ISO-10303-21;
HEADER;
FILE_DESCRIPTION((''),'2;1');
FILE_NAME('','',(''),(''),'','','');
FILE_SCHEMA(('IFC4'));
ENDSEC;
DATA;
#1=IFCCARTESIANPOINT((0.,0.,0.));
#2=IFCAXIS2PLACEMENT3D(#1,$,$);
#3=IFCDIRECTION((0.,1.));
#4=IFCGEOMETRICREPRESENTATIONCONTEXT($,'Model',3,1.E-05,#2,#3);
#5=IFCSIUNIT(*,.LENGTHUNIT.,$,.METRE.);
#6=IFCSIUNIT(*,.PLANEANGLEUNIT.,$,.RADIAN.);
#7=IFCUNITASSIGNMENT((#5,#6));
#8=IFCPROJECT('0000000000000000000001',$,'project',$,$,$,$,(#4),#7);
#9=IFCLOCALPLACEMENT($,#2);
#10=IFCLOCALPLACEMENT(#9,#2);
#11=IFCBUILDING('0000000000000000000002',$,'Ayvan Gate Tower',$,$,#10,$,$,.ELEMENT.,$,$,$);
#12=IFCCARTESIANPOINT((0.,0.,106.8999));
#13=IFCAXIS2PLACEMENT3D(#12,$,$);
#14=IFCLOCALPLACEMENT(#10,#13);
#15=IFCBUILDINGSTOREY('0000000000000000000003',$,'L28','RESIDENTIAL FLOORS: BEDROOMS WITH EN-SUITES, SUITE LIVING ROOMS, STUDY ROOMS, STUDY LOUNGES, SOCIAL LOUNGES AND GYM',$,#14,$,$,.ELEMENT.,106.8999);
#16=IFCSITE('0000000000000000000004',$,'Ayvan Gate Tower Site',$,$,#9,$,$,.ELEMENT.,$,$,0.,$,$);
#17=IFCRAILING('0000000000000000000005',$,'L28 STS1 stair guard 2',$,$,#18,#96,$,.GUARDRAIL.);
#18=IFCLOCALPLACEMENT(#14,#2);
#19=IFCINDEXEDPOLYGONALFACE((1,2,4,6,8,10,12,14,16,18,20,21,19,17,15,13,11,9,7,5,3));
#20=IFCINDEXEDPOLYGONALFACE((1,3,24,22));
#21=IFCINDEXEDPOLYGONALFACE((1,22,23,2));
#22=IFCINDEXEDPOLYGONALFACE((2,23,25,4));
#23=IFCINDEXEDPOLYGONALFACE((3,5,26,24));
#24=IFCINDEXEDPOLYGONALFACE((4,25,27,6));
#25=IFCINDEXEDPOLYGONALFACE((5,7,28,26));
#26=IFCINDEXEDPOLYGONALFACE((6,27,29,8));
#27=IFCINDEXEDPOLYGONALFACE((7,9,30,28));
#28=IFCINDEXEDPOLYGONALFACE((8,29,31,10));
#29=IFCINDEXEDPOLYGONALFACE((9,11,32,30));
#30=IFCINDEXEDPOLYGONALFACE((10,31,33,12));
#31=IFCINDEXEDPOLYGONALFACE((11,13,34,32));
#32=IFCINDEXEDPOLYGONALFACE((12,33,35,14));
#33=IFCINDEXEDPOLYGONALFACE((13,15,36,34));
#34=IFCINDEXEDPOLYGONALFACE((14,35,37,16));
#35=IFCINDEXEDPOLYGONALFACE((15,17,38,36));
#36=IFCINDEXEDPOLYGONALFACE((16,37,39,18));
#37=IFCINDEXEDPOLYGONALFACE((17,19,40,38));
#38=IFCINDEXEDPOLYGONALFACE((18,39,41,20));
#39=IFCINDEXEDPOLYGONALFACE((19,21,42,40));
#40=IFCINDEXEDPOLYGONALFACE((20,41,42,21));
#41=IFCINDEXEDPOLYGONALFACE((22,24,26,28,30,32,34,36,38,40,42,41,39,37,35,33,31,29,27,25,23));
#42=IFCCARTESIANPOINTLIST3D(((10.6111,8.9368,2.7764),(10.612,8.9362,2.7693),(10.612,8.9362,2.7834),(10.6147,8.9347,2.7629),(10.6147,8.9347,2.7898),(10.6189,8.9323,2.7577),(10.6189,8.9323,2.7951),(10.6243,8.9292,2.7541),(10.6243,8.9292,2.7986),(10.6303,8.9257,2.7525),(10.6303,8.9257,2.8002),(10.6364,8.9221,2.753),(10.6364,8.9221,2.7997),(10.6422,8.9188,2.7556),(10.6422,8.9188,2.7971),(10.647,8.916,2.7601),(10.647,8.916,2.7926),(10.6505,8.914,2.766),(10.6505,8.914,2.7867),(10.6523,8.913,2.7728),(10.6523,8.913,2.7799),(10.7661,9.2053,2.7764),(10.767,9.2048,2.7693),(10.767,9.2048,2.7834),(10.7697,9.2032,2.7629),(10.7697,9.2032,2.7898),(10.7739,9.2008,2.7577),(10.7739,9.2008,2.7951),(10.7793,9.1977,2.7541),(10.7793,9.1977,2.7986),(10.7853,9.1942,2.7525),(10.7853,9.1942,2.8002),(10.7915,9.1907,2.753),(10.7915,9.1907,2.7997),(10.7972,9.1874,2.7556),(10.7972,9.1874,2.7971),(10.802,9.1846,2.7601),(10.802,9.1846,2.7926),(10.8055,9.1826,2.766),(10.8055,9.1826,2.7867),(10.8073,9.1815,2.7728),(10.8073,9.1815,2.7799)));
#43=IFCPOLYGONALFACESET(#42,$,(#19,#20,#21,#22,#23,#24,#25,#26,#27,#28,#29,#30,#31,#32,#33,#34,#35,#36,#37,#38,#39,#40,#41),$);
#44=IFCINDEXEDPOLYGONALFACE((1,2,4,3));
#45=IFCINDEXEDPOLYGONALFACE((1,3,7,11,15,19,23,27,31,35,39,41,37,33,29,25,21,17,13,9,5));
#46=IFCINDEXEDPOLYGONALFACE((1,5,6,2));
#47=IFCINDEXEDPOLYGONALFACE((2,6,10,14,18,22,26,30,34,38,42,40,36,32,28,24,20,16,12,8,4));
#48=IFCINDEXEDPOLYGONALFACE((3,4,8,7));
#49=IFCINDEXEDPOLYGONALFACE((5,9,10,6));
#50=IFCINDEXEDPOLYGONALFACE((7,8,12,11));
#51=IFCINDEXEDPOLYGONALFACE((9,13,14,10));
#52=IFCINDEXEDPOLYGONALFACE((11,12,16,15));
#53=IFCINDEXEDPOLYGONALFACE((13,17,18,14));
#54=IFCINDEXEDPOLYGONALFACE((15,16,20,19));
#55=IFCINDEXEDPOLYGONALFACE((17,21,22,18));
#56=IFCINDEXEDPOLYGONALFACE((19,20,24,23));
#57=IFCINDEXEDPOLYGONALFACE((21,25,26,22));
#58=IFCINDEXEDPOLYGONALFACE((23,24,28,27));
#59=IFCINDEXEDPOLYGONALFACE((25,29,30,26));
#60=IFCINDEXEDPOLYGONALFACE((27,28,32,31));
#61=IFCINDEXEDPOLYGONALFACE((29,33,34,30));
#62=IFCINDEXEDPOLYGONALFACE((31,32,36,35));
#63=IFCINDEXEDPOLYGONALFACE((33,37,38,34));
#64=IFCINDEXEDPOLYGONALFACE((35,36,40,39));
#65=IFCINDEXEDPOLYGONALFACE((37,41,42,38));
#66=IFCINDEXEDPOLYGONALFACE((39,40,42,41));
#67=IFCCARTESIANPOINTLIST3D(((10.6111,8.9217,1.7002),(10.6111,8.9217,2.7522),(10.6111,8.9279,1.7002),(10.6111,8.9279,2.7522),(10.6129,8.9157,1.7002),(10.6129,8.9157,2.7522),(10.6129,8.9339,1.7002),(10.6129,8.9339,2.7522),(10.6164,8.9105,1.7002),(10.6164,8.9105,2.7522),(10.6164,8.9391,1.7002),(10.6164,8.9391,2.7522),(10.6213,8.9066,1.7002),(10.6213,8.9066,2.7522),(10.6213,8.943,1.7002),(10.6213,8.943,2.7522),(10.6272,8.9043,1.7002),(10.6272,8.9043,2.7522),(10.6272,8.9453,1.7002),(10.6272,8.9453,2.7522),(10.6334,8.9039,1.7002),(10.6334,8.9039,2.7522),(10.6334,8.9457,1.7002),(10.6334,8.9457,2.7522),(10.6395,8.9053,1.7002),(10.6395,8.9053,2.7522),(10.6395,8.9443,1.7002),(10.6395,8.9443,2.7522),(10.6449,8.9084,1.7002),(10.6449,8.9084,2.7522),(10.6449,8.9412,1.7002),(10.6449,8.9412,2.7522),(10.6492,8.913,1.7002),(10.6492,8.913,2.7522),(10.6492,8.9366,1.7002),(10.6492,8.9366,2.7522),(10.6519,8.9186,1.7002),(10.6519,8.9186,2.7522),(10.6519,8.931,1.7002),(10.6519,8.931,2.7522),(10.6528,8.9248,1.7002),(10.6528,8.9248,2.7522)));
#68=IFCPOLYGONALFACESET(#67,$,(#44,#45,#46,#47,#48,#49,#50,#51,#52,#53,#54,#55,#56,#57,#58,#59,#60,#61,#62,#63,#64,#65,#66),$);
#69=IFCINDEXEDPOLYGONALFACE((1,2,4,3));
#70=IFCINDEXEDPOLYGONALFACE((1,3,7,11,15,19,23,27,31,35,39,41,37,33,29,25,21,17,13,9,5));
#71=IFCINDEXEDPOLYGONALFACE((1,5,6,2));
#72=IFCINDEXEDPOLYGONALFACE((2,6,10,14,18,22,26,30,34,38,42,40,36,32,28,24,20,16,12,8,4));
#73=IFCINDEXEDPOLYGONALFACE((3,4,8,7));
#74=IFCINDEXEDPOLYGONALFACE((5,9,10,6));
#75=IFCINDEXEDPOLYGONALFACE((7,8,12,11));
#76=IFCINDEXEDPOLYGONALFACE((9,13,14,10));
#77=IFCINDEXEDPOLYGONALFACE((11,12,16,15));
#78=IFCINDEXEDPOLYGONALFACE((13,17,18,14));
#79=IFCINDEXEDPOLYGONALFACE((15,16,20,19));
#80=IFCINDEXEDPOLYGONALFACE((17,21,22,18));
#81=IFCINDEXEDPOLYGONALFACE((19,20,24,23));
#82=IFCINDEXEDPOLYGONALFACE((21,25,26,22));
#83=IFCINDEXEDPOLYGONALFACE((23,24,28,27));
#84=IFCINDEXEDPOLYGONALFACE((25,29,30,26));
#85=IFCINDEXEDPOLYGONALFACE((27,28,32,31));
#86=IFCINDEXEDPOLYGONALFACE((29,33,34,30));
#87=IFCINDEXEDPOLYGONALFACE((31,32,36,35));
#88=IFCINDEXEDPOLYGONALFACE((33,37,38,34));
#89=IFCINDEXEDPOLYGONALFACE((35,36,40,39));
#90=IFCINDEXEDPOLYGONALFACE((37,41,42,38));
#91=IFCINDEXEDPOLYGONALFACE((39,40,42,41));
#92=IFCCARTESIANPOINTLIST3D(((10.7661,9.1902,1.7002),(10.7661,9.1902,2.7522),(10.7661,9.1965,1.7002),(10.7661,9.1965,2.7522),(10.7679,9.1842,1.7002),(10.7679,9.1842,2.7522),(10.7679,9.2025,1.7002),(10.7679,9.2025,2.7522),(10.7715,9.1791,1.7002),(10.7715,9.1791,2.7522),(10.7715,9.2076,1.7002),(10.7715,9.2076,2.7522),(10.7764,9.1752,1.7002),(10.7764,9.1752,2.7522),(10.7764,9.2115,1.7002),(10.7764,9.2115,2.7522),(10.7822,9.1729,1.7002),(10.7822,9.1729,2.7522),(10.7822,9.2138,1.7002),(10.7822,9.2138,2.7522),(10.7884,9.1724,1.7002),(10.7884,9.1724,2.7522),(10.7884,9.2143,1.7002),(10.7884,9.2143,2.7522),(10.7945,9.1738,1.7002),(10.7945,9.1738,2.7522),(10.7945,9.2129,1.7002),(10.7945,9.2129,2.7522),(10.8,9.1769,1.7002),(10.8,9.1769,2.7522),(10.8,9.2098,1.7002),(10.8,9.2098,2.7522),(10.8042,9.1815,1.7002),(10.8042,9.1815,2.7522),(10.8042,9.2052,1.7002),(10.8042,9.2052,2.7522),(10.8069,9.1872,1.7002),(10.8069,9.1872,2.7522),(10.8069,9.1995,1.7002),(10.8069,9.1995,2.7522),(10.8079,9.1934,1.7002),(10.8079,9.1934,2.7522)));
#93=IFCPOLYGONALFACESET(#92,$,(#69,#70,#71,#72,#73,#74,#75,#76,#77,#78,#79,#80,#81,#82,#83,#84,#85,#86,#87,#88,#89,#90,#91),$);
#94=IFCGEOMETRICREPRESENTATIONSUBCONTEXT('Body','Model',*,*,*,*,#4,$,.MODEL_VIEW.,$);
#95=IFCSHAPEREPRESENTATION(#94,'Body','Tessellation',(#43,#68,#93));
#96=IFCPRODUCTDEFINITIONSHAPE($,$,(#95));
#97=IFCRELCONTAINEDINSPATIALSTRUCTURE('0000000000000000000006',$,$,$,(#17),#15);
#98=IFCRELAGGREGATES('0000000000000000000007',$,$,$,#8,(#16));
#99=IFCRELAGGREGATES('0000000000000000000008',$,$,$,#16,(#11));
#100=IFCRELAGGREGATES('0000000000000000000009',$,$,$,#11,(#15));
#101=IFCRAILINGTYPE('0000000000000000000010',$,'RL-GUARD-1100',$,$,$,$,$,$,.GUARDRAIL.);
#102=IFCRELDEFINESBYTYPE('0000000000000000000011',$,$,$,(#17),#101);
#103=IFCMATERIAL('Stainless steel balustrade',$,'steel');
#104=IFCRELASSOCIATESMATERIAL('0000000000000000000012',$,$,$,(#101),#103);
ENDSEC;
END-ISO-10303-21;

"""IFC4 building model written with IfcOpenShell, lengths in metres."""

from ifc_helpers import new_model, si_unit, direction, frame, origin, origin_2d, place, context, subcontext, project, spatial, circle, extrude, material, type_object, element, save


model = new_model("IFC4")

# Units and contexts
model_context = context("Model", 3, precision=1e-05, world=origin(), true_north=direction((0.0, 1.0)))
body_context = subcontext(model_context, "Body", "Model", "MODEL_VIEW")
ifc_project = project(units=[si_unit("LENGTHUNIT", "METRE"), si_unit("PLANEANGLEUNIT", "RADIAN")], contexts=[model_context])

# Site, building, storey
site_placement = place(None, origin())
site = spatial("IfcSite", under=ifc_project, at=site_placement, Name="Ayvan Gate Tower Site", CompositionType="ELEMENT", RefElevation=0.0)
building_placement = place(site_placement, origin())
building = spatial("IfcBuilding", under=site, at=building_placement, Name="Ayvan Gate Tower", CompositionType="ELEMENT")
storey_placement = place(building_placement, frame((0.0, 0.0, 106.8999)))
storey = spatial("IfcBuildingStorey", under=building, at=storey_placement, Name="L28", Description="RESIDENTIAL FLOORS: BEDROOMS WITH EN-SUITES, SUITE LIVING ROOMS, STUDY ROOMS, STUDY LOUNGES, SOCIAL LOUNGES AND GYM", CompositionType="ELEMENT", Elevation=106.8999)

# Railing
ifc_material_1 = material(Name="Stainless steel balustrade", Category="steel")
railing_type_1 = type_object("IfcRailingType", Name="RL-GUARD-1100", PredefinedType="GUARDRAIL", material=ifc_material_1)
railing_1_placement = place(storey_placement, frame((10.6318, 8.9248, 1.7002)))
element("IfcRailing", 1, at=railing_1_placement, inside=storey, type_object=railing_type_1, Name="L28 STS1 stair guard 2", PredefinedType="GUARDRAIL", context=body_context, shape_type="SweptSolid", body=[
    extrude(circle(Radius=0.0239, at=origin_2d()), frame((0.0, 0.0, 1.0762), z_axis=(0.49995, 0.866054, 0.0), x_axis=(-0.866054, 0.49995, 0.0)), (0.0, 0.0, 1.0), 0.3101),
    extrude(circle(Radius=0.021, at=origin_2d()), origin(), (0.0, 0.0, 1.0), 1.052),
    extrude(circle(Radius=0.021, at=origin_2d()), frame((0.155, 0.2686, 0.0)), (0.0, 0.0, 1.0), 1.052),
])

save(model, "model.ifc")
